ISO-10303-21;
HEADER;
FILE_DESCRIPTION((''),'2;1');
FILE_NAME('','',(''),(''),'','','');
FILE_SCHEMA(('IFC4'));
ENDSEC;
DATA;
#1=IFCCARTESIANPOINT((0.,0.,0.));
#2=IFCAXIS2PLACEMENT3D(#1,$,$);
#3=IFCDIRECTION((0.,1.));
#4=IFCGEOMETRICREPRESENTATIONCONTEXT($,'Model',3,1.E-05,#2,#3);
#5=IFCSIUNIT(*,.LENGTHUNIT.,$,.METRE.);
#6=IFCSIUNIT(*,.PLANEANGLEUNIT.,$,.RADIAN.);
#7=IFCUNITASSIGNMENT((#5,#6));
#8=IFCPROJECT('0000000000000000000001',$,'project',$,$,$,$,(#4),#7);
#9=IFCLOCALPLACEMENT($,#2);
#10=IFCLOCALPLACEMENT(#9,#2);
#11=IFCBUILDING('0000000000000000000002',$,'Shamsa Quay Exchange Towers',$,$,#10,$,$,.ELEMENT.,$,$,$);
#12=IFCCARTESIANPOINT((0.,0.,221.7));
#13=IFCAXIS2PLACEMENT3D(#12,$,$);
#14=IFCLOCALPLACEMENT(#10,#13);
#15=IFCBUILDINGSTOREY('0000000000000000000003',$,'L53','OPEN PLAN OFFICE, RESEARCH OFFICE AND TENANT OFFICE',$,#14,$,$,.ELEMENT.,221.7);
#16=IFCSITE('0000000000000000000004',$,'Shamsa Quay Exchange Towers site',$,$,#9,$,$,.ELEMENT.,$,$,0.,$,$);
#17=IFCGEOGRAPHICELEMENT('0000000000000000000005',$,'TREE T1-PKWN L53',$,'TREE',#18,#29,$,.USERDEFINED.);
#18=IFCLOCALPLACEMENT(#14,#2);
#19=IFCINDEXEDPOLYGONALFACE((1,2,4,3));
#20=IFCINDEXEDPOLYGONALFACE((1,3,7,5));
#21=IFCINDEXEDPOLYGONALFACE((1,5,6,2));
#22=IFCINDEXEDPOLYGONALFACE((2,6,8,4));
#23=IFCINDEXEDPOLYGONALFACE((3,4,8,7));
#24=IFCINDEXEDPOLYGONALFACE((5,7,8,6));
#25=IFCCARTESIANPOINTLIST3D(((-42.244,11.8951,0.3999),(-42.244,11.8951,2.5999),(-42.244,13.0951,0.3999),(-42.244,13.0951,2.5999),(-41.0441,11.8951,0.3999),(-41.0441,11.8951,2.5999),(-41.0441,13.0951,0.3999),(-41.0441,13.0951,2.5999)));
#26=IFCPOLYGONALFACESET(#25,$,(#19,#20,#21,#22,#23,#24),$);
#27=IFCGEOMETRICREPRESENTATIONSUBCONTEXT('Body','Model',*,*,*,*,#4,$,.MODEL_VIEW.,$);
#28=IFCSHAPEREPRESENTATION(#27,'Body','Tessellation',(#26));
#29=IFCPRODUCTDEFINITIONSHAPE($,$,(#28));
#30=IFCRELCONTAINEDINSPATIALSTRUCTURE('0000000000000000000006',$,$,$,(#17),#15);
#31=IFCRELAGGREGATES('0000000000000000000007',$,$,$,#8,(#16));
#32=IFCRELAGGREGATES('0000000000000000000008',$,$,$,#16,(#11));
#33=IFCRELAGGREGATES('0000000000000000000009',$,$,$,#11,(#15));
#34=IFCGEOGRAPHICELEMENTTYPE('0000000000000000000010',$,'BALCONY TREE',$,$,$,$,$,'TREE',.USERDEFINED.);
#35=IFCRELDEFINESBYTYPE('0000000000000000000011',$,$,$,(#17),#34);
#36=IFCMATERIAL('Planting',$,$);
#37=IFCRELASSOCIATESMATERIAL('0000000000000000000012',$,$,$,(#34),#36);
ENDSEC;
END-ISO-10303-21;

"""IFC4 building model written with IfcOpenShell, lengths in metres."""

from ifc_helpers import new_model, si_unit, direction, frame, origin, origin_2d, place, context, subcontext, project, spatial, rectangle, extrude, material, type_object, element, save


model = new_model("IFC4")

# Units and contexts
model_context = context("Model", 3, precision=1e-05, world=origin(), true_north=direction((0.0, 1.0)))
body_context = subcontext(model_context, "Body", "Model", "MODEL_VIEW")
ifc_project = project(units=[si_unit("LENGTHUNIT", "METRE"), si_unit("PLANEANGLEUNIT", "RADIAN")], contexts=[model_context])

# Site, building, storey
site_placement = place(None, origin())
site = spatial("IfcSite", under=ifc_project, at=site_placement, Name="Shamsa Quay Exchange Towers site", CompositionType="ELEMENT", RefElevation=0.0)
building_placement = place(site_placement, origin())
building = spatial("IfcBuilding", under=site, at=building_placement, Name="Shamsa Quay Exchange Towers", CompositionType="ELEMENT")
storey_placement = place(building_placement, frame((0.0, 0.0, 221.7)))
storey = spatial("IfcBuildingStorey", under=building, at=storey_placement, Name="L53", Description="OPEN PLAN OFFICE, RESEARCH OFFICE AND TENANT OFFICE", CompositionType="ELEMENT", Elevation=221.7)

# Geographic element
ifc_material_1 = material(Name="Planting")
geographic_element_type = type_object("IfcGeographicElementType", Name="BALCONY TREE", ElementType="TREE", PredefinedType="USERDEFINED", material=ifc_material_1)
geographic_element_placement = place(storey_placement, frame((-41.644, 12.4951, 0.3999), z_axis=(0.0, 0.0, 1.0), x_axis=(-1.0, 0.0, 0.0)))
element("IfcGeographicElement", 1, at=geographic_element_placement, inside=storey, type_object=geographic_element_type, Name="TREE T1-PKWN L53", ObjectType="TREE", PredefinedType="USERDEFINED", context=body_context, shape_type="SweptSolid", body=[
    extrude(rectangle(XDim=1.2, YDim=1.2, at=origin_2d()), origin(), (0.0, 0.0, 1.0), 2.2),
])

save(model, "model.ifc")
